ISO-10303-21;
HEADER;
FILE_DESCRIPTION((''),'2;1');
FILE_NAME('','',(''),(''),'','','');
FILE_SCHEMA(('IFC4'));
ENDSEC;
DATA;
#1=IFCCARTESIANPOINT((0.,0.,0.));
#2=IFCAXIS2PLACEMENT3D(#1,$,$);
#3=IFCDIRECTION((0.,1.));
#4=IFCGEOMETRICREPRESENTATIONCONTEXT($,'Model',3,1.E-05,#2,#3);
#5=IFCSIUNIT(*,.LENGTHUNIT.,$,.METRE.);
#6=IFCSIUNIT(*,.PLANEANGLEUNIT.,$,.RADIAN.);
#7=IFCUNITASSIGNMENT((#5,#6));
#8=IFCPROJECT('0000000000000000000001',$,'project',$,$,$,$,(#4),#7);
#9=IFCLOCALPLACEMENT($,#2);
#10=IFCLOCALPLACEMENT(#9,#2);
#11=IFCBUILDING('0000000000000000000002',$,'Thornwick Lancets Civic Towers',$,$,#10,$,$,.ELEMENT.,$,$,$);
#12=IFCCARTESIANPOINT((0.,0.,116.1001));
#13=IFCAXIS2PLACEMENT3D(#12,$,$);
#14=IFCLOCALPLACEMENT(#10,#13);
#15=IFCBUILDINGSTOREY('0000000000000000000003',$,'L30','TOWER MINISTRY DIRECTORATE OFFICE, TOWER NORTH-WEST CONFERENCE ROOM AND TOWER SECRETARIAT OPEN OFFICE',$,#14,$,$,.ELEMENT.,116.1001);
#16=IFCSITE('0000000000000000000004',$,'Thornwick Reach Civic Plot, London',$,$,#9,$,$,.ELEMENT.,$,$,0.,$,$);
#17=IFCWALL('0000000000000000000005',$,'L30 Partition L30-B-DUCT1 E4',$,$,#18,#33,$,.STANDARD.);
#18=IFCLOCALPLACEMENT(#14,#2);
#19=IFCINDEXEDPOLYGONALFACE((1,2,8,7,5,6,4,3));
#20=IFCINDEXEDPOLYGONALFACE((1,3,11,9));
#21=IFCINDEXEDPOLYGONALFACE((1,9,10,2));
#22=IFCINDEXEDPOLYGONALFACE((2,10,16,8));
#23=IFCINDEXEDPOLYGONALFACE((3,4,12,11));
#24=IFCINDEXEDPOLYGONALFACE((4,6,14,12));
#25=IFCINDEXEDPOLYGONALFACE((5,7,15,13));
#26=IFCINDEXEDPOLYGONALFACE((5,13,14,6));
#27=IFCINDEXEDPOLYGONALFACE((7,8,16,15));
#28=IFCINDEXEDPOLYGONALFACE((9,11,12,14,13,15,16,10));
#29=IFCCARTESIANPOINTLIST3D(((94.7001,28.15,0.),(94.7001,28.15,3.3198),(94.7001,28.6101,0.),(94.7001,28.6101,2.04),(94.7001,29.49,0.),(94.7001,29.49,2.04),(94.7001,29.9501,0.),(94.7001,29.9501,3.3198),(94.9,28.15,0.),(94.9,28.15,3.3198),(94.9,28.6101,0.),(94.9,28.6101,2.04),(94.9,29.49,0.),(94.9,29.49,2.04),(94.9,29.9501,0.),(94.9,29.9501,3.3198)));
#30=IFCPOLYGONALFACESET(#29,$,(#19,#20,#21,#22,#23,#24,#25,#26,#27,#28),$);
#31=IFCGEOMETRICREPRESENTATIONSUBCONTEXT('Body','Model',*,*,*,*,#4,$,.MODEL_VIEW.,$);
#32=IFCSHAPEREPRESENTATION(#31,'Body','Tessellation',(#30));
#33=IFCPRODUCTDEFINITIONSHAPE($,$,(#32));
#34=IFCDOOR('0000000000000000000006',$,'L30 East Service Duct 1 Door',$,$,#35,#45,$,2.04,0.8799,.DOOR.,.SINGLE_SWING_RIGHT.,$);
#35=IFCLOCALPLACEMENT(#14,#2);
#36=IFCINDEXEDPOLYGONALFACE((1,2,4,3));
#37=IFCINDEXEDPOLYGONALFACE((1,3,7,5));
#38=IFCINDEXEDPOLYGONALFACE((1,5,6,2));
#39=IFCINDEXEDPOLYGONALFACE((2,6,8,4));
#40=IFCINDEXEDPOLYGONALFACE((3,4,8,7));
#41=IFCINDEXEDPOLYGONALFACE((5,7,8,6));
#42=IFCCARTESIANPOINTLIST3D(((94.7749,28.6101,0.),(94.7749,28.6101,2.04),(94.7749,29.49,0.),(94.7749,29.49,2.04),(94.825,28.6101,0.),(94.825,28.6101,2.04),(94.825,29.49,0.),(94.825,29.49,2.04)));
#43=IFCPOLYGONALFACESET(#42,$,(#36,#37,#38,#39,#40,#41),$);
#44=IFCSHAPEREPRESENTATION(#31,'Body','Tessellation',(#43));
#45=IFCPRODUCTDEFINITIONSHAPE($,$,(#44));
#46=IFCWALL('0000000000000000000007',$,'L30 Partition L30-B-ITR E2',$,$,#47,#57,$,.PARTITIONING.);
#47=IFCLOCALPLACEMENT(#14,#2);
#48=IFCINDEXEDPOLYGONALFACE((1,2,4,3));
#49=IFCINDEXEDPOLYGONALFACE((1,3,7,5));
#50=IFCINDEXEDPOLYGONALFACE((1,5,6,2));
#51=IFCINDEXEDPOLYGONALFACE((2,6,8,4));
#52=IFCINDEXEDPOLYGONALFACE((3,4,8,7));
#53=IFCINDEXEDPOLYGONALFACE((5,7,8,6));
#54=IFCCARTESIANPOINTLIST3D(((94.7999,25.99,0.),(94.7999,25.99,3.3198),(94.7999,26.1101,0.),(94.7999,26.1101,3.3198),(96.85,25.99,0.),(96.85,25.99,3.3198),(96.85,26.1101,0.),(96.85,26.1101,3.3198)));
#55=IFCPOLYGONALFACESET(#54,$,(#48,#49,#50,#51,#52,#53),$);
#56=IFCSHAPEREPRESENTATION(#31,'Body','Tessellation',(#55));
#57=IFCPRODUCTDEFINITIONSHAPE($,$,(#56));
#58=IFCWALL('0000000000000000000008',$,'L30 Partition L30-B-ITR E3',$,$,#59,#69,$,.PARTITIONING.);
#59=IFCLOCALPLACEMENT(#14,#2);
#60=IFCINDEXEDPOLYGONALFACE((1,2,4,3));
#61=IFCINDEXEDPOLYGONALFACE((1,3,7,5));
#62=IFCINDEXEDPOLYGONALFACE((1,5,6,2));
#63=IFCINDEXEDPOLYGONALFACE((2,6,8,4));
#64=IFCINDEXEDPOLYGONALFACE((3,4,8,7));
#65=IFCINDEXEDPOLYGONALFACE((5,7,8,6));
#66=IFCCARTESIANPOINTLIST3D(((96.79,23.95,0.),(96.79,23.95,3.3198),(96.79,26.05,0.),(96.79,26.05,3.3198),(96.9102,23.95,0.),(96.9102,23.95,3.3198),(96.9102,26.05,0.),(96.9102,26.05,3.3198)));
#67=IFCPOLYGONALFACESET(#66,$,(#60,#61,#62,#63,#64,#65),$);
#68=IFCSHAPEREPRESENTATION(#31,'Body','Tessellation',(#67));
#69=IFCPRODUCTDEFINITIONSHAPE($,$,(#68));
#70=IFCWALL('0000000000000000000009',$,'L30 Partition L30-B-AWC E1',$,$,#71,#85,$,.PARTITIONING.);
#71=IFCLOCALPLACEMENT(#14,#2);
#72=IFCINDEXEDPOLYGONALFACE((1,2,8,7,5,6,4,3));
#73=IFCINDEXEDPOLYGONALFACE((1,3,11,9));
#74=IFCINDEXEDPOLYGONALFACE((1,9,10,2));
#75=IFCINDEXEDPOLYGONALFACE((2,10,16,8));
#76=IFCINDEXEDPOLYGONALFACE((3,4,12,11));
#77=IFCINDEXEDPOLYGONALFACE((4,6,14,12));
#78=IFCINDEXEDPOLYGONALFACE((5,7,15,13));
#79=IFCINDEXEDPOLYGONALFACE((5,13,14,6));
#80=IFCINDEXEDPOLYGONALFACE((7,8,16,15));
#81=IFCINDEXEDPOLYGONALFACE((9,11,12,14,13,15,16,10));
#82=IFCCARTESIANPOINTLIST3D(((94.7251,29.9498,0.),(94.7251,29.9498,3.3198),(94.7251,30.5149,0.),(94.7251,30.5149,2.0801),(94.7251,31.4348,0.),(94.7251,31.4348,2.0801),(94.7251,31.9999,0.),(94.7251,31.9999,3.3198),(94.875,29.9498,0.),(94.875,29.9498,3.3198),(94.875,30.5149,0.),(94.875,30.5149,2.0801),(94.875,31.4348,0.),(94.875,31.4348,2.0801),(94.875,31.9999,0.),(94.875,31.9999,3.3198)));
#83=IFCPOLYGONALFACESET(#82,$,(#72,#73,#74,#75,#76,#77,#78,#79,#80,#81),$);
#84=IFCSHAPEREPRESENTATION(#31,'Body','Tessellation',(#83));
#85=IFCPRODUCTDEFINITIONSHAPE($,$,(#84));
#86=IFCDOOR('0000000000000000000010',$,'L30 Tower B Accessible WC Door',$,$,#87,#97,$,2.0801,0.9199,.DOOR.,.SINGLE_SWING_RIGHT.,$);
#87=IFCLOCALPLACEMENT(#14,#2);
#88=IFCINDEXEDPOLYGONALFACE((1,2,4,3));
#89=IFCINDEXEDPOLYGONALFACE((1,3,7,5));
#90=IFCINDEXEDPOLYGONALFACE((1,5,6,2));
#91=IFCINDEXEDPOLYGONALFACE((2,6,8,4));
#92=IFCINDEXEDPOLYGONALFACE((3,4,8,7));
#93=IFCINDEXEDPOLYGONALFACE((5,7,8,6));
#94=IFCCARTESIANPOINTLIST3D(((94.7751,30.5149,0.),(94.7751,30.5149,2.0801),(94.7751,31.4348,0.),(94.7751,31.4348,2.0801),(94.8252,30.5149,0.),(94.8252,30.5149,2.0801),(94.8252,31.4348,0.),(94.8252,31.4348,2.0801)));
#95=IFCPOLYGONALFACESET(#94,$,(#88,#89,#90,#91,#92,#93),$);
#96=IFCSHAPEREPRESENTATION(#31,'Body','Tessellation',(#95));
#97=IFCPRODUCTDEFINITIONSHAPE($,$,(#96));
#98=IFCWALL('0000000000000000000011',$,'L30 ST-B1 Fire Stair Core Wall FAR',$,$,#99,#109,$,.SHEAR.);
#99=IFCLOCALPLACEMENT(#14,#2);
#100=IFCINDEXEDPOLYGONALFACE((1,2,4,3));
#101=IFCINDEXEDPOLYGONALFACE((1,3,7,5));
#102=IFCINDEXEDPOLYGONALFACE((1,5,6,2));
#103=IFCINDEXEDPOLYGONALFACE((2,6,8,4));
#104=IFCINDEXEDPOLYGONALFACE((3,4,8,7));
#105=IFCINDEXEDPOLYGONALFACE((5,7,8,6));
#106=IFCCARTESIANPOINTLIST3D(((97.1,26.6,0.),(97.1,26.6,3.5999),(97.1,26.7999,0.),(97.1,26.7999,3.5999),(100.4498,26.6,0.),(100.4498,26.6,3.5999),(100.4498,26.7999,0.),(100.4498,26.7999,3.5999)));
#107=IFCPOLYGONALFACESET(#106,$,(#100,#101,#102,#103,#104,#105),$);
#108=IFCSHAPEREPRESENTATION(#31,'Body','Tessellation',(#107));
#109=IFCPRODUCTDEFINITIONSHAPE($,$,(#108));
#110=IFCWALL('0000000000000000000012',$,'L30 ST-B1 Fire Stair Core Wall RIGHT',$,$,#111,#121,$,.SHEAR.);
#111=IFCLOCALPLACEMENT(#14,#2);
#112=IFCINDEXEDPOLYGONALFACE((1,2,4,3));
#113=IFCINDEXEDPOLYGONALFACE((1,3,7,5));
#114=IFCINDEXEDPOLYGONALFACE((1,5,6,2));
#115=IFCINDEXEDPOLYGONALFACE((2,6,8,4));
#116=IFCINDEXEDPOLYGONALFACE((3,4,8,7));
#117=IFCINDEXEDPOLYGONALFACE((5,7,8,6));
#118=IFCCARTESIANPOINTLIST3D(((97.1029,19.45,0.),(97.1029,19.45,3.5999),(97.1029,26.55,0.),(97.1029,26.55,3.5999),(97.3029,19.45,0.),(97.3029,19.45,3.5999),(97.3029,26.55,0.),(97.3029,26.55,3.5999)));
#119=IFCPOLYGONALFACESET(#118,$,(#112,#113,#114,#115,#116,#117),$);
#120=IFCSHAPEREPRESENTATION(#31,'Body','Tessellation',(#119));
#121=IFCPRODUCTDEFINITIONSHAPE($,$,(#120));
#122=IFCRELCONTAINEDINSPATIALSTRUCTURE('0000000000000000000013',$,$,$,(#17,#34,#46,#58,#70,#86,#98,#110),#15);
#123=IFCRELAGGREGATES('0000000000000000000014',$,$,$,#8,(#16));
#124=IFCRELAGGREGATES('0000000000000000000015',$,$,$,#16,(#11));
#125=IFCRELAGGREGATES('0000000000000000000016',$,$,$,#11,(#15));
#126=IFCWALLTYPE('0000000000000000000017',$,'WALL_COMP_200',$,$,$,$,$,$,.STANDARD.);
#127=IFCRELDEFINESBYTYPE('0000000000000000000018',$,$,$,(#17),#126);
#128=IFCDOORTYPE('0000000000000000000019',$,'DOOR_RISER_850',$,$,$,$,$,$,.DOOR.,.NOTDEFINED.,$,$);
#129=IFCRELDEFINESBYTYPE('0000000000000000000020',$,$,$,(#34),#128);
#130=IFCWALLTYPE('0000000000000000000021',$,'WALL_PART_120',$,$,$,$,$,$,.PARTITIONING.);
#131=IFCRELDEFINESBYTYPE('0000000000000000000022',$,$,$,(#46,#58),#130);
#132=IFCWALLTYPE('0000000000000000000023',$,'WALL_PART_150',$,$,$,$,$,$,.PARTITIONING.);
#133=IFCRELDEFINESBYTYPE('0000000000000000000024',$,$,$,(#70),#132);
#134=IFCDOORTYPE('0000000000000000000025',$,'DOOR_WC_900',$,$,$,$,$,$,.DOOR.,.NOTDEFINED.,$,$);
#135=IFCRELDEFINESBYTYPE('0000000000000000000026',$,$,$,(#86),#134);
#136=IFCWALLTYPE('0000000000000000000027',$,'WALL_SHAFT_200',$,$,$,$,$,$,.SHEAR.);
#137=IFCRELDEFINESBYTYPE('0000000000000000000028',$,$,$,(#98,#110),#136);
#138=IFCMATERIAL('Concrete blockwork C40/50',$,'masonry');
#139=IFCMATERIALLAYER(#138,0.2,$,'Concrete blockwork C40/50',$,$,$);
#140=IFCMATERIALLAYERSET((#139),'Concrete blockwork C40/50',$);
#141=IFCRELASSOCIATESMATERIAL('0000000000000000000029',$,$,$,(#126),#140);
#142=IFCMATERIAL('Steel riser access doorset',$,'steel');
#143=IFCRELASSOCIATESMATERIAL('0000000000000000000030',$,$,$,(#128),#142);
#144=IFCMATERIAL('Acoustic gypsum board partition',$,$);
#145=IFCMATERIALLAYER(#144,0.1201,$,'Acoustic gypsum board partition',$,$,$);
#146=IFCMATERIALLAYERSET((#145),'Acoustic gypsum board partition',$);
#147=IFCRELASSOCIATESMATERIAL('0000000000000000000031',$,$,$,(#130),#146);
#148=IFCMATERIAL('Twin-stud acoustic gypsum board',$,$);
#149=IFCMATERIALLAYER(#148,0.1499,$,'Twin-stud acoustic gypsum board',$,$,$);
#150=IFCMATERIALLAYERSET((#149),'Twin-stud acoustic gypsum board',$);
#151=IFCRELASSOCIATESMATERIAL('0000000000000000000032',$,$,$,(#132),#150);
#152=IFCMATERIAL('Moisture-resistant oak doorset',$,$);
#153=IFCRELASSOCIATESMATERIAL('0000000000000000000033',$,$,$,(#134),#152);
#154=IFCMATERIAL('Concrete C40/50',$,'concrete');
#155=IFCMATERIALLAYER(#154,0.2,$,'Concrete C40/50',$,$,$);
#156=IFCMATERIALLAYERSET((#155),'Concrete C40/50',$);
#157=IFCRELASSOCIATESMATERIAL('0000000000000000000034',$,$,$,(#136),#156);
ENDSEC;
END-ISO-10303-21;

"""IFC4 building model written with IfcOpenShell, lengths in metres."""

from ifc_helpers import new_model, si_unit, direction, frame, frame_2d, origin, place, context, subcontext, project, spatial, rectangle, extrude, material, layer, layer_set, type_object, element, fill, save


model = new_model("IFC4")

# Units and contexts
model_context = context("Model", 3, precision=1e-05, world=origin(), true_north=direction((0.0, 1.0)))
body_context = subcontext(model_context, "Body", "Model", "MODEL_VIEW")
ifc_project = project(units=[si_unit("LENGTHUNIT", "METRE"), si_unit("PLANEANGLEUNIT", "RADIAN")], contexts=[model_context])

# Site, building, storey
site_placement = place(None, origin())
site = spatial("IfcSite", under=ifc_project, at=site_placement, Name="Thornwick Reach Civic Plot, London", CompositionType="ELEMENT", RefElevation=0.0)
building_placement = place(site_placement, origin())
building = spatial("IfcBuilding", under=site, at=building_placement, Name="Thornwick Lancets Civic Towers", CompositionType="ELEMENT")
storey_placement = place(building_placement, frame((0.0, 0.0, 116.1001)))
storey = spatial("IfcBuildingStorey", under=building, at=storey_placement, Name="L30", Description="TOWER MINISTRY DIRECTORATE OFFICE, TOWER NORTH-WEST CONFERENCE ROOM AND TOWER SECRETARIAT OPEN OFFICE", CompositionType="ELEMENT", Elevation=116.1001)

# Shared definitions
ifc_material_1 = material(Name="Concrete blockwork C40/50", Category="masonry")
ifc_layer_1 = layer(ifc_material_1, 0.2, Name="Concrete blockwork C40/50")
ifc_layer_set_1 = layer_set([ifc_layer_1], Name="Concrete blockwork C40/50")
wall_type_1 = type_object("IfcWallType", Name="WALL_COMP_200", PredefinedType="STANDARD", material=ifc_layer_set_1)

# Wall, opening, door
wall_1_placement = place(storey_placement, frame((94.8, 29.95, 0.0), z_axis=(0.0, 0.0, 1.0), x_axis=(0.0, -1.0, 0.0)))
wall_1 = element("IfcWall", 1, at=wall_1_placement, inside=storey, type_object=wall_type_1, Name="L30 Partition L30-B-DUCT1 E4", PredefinedType="STANDARD", context=body_context, shape_type="SweptSolid", body=[
    extrude(rectangle(XDim=1.8, YDim=0.2, at=frame_2d((0.8999, 0.0))), origin(), (0.0, 0.0, 1.0), 3.3198),
])
opening_1_placement = place(wall_1_placement, frame((0.46, 0.0, 0.0)))
opening_1 = element("IfcOpeningElement", 2, at=opening_1_placement, cuts=wall_1, PredefinedType="OPENING", context=body_context, shape_type="SweptSolid", body=[
    extrude(rectangle(XDim=0.8799, YDim=2.04, at=frame_2d((0.4399, 1.02))), frame((0.0, 0.1099, 0.0), z_axis=(0.0, -1.0, 0.0), x_axis=(1.0, 0.0, 0.0)), (0.0, 0.0, 1.0), 0.22),
])
ifc_material_2 = material(Name="Steel riser access doorset", Category="steel")
door_type_1 = type_object("IfcDoorType", Name="DOOR_RISER_850", OperationType="NOTDEFINED", PredefinedType="DOOR", material=ifc_material_2)
door_1_placement = place(opening_1_placement, origin())
door_1 = element("IfcDoor", 3, at=door_1_placement, inside=storey, type_object=door_type_1, Name="L30 East Service Duct 1 Door", OperationType="SINGLE_SWING_RIGHT", OverallHeight=2.04, OverallWidth=0.8799, PredefinedType="DOOR", context=body_context, shape_type="SweptSolid", body=[
    extrude(rectangle(XDim=0.8799, YDim=2.04, at=frame_2d((0.4399, 1.02))), frame((0.0, 0.0249, 0.0), z_axis=(0.0, -1.0, 0.0), x_axis=(1.0, 0.0, 0.0)), (0.0, 0.0, 1.0), 0.05),
])
fill(opening_1, door_1)

# Walls
ifc_material_3 = material(Name="Acoustic gypsum board partition")
ifc_layer_2 = layer(ifc_material_3, 0.1201, Name="Acoustic gypsum board partition")
ifc_layer_set_2 = layer_set([ifc_layer_2], Name="Acoustic gypsum board partition")
wall_type_2 = type_object("IfcWallType", Name="WALL_PART_120", PredefinedType="PARTITIONING", material=ifc_layer_set_2)
wall_2_placement = place(storey_placement, frame((94.8, 26.05, 0.0), z_axis=(0.0, 0.0, 1.0), x_axis=(1.0, 0.0, 0.0)))
element("IfcWall", 4, at=wall_2_placement, inside=storey, type_object=wall_type_2, Name="L30 Partition L30-B-ITR E2", PredefinedType="PARTITIONING", context=body_context, shape_type="SweptSolid", body=[
    extrude(rectangle(XDim=2.05, YDim=0.1201, at=frame_2d((1.0249, 0.0))), origin(), (0.0, 0.0, 1.0), 3.3198),
])
wall_3_placement = place(storey_placement, frame((96.8501, 26.05, 0.0), z_axis=(0.0, 0.0, 1.0), x_axis=(0.0, -1.0, 0.0)))
element("IfcWall", 5, at=wall_3_placement, inside=storey, type_object=wall_type_2, Name="L30 Partition L30-B-ITR E3", PredefinedType="PARTITIONING", context=body_context, shape_type="SweptSolid", body=[
    extrude(rectangle(XDim=2.1001, YDim=0.1201, at=frame_2d((1.05, 0.0))), origin(), (0.0, 0.0, 1.0), 3.3198),
])

# Wall, opening, door
ifc_material_4 = material(Name="Twin-stud acoustic gypsum board")
ifc_layer_3 = layer(ifc_material_4, 0.1499, Name="Twin-stud acoustic gypsum board")
ifc_layer_set_3 = layer_set([ifc_layer_3], Name="Twin-stud acoustic gypsum board")
wall_type_3 = type_object("IfcWallType", Name="WALL_PART_150", PredefinedType="PARTITIONING", material=ifc_layer_set_3)
wall_4_placement = place(storey_placement, frame((94.8, 29.95, 0.0), z_axis=(0.0, 0.0, 1.0), x_axis=(0.0, 1.0, 0.0)))
wall_4 = element("IfcWall", 6, at=wall_4_placement, inside=storey, type_object=wall_type_3, Name="L30 Partition L30-B-AWC E1", PredefinedType="PARTITIONING", context=body_context, shape_type="SweptSolid", body=[
    extrude(rectangle(XDim=2.05, YDim=0.1499, at=frame_2d((1.0249, 0.0))), origin(), (0.0, 0.0, 1.0), 3.3198),
])
opening_2_placement = place(wall_4_placement, frame((0.5649, 0.0, 0.0)))
opening_2 = element("IfcOpeningElement", 7, at=opening_2_placement, cuts=wall_4, PredefinedType="OPENING", context=body_context, shape_type="SweptSolid", body=[
    extrude(rectangle(XDim=0.9199, YDim=2.0801, at=frame_2d((0.46, 1.04))), frame((0.0, 0.085, 0.0), z_axis=(0.0, -1.0, 0.0), x_axis=(1.0, 0.0, 0.0)), (0.0, 0.0, 1.0), 0.1699),
])
ifc_material_5 = material(Name="Moisture-resistant oak doorset")
door_type_2 = type_object("IfcDoorType", Name="DOOR_WC_900", OperationType="NOTDEFINED", PredefinedType="DOOR", material=ifc_material_5)
door_2_placement = place(opening_2_placement, origin())
door_2 = element("IfcDoor", 8, at=door_2_placement, inside=storey, type_object=door_type_2, Name="L30 Tower B Accessible WC Door", OperationType="SINGLE_SWING_RIGHT", OverallHeight=2.0801, OverallWidth=0.9199, PredefinedType="DOOR", context=body_context, shape_type="SweptSolid", body=[
    extrude(rectangle(XDim=0.9199, YDim=2.0801, at=frame_2d((0.46, 1.04))), frame((0.0, 0.0249, 0.0), z_axis=(0.0, -1.0, 0.0), x_axis=(1.0, 0.0, 0.0)), (0.0, 0.0, 1.0), 0.05),
])
fill(opening_2, door_2)

# Walls
ifc_material_6 = material(Name="Concrete C40/50", Category="concrete")
ifc_layer_4 = layer(ifc_material_6, 0.2, Name="Concrete C40/50")
ifc_layer_set_4 = layer_set([ifc_layer_4], Name="Concrete C40/50")
wall_type_4 = type_object("IfcWallType", Name="WALL_SHAFT_200", PredefinedType="SHEAR", material=ifc_layer_set_4)
wall_5_placement = place(storey_placement, frame((97.1001, 26.7, 0.0), z_axis=(0.0, 0.0, 1.0), x_axis=(1.0, 0.0, 0.0)))
element("IfcWall", 9, at=wall_5_placement, inside=storey, type_object=wall_type_4, Name="L30 ST-B1 Fire Stair Core Wall FAR", PredefinedType="SHEAR", context=body_context, shape_type="SweptSolid", body=[
    extrude(rectangle(XDim=3.3499, YDim=0.2, at=frame_2d((1.6748, 0.0))), origin(), (0.0, 0.0, 1.0), 3.5999),
])
wall_6_placement = place(storey_placement, frame((97.2029, 26.55, 0.0), z_axis=(0.0, 0.0, 1.0), x_axis=(0.0, -1.0, 0.0)))
element("IfcWall", 10, at=wall_6_placement, inside=storey, type_object=wall_type_4, Name="L30 ST-B1 Fire Stair Core Wall RIGHT", PredefinedType="SHEAR", context=body_context, shape_type="SweptSolid", body=[
    extrude(rectangle(XDim=7.1001, YDim=0.2, at=frame_2d((3.55, 0.0))), origin(), (0.0, 0.0, 1.0), 3.5999),
])

save(model, "model.ifc")
